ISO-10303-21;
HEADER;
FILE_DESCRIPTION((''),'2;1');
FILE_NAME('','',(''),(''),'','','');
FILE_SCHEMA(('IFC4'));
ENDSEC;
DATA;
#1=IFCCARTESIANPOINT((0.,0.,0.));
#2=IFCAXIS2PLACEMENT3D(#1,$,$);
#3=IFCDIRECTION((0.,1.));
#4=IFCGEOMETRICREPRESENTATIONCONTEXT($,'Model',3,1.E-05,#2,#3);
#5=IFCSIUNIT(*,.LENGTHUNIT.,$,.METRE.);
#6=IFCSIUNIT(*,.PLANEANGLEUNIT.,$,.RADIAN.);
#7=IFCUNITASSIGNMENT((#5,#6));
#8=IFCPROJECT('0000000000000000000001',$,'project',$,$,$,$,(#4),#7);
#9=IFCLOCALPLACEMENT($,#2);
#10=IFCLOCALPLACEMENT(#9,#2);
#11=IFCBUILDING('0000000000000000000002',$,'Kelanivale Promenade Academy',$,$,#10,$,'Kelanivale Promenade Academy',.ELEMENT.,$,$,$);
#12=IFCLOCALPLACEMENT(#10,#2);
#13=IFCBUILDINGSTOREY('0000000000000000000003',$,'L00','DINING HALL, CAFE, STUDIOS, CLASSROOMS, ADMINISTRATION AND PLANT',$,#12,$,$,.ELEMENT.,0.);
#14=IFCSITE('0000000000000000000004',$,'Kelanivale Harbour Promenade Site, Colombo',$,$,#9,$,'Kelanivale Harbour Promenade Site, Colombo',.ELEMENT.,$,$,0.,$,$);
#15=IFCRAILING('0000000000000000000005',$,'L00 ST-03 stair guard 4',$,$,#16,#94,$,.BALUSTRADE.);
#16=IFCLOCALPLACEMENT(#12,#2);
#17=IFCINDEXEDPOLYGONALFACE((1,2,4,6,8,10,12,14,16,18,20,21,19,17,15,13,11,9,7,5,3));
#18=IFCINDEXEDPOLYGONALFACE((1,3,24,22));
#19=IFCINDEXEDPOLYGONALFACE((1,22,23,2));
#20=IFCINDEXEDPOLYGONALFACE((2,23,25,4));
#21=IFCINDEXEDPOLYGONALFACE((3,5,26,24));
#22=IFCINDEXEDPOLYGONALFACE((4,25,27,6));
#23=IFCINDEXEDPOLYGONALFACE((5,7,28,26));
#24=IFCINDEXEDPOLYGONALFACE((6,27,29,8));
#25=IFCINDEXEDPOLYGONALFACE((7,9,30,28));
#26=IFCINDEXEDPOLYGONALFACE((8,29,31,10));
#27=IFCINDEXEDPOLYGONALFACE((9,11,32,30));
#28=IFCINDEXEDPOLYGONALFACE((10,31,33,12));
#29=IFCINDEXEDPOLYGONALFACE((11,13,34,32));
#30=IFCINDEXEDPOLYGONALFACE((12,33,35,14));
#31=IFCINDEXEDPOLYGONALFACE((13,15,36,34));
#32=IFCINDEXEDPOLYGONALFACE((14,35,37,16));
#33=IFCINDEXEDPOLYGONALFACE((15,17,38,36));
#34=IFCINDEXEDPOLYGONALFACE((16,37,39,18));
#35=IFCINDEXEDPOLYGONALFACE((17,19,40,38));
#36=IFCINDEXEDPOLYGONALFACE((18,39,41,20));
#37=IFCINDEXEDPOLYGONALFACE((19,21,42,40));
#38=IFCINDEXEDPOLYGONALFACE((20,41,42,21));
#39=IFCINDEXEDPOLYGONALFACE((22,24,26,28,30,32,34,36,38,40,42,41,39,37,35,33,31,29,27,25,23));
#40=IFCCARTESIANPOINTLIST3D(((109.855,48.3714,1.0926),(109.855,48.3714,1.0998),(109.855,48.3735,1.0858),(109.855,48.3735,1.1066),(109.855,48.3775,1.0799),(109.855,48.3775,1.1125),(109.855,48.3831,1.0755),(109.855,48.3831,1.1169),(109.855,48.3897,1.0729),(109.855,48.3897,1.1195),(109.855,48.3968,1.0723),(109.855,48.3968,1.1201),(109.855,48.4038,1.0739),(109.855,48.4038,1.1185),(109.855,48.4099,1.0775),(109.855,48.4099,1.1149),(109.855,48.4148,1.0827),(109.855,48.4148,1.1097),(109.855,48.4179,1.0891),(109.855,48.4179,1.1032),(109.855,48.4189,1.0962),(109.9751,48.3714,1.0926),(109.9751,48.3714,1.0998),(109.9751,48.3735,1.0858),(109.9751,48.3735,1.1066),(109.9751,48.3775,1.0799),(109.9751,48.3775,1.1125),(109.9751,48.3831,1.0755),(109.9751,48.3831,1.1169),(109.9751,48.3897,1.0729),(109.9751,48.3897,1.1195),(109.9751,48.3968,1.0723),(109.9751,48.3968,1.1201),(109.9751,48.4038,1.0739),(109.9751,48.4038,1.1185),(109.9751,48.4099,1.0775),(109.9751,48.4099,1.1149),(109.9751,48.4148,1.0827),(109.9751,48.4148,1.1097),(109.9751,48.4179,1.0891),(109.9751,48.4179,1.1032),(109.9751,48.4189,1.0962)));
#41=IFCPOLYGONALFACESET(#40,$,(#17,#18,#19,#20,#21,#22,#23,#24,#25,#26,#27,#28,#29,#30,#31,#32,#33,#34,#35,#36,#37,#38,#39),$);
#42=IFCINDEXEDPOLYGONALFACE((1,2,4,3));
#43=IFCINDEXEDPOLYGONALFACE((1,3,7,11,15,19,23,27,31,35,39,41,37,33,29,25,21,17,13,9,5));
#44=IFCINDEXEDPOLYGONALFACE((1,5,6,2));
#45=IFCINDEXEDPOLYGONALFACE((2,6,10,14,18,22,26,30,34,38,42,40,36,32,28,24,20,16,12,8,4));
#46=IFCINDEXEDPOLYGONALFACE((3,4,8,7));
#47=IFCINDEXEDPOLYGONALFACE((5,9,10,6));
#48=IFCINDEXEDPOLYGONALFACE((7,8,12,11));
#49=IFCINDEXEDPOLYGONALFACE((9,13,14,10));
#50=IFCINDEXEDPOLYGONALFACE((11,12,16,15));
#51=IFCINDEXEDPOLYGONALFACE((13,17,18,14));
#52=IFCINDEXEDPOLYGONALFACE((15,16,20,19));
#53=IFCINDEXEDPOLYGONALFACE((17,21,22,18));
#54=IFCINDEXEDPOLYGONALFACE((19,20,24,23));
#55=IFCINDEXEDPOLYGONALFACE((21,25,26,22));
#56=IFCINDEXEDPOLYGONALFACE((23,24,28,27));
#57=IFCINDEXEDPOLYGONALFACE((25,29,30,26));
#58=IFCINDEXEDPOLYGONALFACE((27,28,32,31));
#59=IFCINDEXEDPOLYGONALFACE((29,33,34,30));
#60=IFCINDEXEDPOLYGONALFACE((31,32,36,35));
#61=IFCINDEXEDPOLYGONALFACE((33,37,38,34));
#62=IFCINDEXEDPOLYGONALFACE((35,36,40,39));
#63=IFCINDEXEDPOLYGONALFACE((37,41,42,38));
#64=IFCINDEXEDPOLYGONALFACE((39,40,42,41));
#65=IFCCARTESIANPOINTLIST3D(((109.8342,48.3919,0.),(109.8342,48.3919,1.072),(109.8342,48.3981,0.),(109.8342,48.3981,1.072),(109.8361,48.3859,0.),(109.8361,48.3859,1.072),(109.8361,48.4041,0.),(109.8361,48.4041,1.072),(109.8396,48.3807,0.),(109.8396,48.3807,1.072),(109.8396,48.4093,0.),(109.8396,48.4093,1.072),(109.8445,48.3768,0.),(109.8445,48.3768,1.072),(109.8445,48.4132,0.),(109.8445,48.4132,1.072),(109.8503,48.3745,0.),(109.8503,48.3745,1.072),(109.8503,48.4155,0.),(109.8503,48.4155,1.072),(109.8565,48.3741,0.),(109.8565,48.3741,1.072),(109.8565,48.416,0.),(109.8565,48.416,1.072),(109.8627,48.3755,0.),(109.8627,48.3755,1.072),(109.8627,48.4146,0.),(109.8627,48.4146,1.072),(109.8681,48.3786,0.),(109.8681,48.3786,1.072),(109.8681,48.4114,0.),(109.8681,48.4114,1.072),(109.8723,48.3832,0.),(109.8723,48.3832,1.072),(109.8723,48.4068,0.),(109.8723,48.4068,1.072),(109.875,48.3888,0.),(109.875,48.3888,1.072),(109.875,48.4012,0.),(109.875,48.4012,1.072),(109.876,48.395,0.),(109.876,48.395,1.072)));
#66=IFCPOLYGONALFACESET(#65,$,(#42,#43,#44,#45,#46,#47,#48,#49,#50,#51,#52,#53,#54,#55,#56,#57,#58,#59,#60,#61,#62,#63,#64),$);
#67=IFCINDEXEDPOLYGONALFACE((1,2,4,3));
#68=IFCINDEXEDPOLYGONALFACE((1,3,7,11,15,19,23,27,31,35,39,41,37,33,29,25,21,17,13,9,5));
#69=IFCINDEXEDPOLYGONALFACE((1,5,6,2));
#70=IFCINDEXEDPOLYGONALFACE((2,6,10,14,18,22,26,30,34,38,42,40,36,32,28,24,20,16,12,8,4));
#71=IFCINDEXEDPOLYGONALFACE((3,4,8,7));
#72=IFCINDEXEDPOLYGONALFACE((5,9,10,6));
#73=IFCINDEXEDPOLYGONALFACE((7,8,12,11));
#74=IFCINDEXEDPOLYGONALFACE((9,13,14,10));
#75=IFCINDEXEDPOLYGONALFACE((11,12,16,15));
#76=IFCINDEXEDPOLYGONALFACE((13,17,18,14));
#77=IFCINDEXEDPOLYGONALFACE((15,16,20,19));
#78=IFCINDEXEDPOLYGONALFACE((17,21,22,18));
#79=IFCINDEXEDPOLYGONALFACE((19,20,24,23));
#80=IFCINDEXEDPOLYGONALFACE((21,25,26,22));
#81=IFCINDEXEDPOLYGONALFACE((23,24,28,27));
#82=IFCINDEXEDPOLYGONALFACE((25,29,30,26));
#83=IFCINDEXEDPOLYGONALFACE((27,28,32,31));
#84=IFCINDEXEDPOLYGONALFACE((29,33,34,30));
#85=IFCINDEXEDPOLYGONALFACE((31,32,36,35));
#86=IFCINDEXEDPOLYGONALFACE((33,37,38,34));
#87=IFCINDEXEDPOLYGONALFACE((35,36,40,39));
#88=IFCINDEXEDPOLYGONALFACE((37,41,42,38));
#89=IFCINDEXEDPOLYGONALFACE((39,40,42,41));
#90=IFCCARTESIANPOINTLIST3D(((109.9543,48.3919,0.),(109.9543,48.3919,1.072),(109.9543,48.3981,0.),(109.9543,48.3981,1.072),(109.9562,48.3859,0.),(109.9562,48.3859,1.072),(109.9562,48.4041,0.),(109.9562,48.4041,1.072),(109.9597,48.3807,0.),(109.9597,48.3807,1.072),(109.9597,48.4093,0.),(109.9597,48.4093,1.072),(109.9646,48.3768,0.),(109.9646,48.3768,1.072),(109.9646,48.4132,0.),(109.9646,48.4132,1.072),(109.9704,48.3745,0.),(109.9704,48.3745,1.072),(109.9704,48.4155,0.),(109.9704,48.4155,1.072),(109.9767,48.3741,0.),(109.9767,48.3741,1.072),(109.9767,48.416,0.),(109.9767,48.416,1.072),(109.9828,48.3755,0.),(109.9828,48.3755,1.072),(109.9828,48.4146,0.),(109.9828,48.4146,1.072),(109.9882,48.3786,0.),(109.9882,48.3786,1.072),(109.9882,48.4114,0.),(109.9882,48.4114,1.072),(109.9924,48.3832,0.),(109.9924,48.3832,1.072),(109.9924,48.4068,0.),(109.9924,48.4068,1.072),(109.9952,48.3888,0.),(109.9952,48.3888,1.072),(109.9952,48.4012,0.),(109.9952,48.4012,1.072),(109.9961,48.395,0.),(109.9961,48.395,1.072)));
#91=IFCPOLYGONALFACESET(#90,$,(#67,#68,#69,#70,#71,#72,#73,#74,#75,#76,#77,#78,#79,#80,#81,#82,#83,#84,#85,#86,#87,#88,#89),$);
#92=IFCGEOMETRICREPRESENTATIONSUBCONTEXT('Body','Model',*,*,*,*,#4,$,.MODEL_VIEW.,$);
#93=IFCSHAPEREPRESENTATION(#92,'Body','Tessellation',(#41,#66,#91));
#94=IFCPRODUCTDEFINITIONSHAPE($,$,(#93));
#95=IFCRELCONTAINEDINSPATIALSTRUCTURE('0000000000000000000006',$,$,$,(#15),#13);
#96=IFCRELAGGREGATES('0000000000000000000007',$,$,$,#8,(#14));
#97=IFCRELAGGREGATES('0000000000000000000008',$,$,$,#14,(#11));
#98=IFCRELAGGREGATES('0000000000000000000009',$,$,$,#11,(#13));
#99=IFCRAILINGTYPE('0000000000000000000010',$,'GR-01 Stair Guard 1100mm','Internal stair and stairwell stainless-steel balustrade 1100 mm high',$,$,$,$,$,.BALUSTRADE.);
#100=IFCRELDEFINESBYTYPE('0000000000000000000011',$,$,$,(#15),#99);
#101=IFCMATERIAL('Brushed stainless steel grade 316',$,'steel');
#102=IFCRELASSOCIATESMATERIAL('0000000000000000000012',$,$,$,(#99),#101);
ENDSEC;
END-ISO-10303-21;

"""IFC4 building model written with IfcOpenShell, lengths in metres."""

from ifc_helpers import new_model, si_unit, direction, frame, origin, origin_2d, place, context, subcontext, project, spatial, circle, extrude, material, type_object, element, save


model = new_model("IFC4")

# Units and contexts
model_context = context("Model", 3, precision=1e-05, world=origin(), true_north=direction((0.0, 1.0)))
body_context = subcontext(model_context, "Body", "Model", "MODEL_VIEW")
ifc_project = project(units=[si_unit("LENGTHUNIT", "METRE"), si_unit("PLANEANGLEUNIT", "RADIAN")], contexts=[model_context])

# Site, building, storey
site_placement = place(None, origin())
site = spatial("IfcSite", under=ifc_project, at=site_placement, Name="Kelanivale Harbour Promenade Site, Colombo", LongName="Kelanivale Harbour Promenade Site, Colombo", CompositionType="ELEMENT", RefElevation=0.0)
building_placement = place(site_placement, origin())
building = spatial("IfcBuilding", under=site, at=building_placement, Name="Kelanivale Promenade Academy", LongName="Kelanivale Promenade Academy", CompositionType="ELEMENT")
storey_placement = place(building_placement, origin())
storey = spatial("IfcBuildingStorey", under=building, at=storey_placement, Name="L00", Description="DINING HALL, CAFE, STUDIOS, CLASSROOMS, ADMINISTRATION AND PLANT", CompositionType="ELEMENT", Elevation=0.0)

# Railing
ifc_material_1 = material(Name="Brushed stainless steel grade 316", Category="steel")
railing_type = type_object("IfcRailingType", Name="GR-01 Stair Guard 1100mm", Description="Internal stair and stairwell stainless-steel balustrade 1100 mm high", PredefinedType="BALUSTRADE", material=ifc_material_1)
railing_1_placement = place(storey_placement, frame((109.855, 48.395, 0.0)))
element("IfcRailing", 1, at=railing_1_placement, inside=storey, type_object=railing_type, Name="L00 ST-03 stair guard 4", PredefinedType="BALUSTRADE", context=body_context, shape_type="SweptSolid", body=[
    extrude(circle(Radius=0.0239, at=origin_2d()), frame((0.0, 0.0, 1.0962), z_axis=(1.0, 0.0, 0.0), x_axis=(0.0, 1.0, 0.0)), (0.0, 0.0, 1.0), 0.1201),
    extrude(circle(Radius=0.021, at=origin_2d()), origin(), (0.0, 0.0, 1.0), 1.072),
    extrude(circle(Radius=0.021, at=origin_2d()), frame((0.1201, 0.0, 0.0)), (0.0, 0.0, 1.0), 1.072),
])

save(model, "model.ifc")
